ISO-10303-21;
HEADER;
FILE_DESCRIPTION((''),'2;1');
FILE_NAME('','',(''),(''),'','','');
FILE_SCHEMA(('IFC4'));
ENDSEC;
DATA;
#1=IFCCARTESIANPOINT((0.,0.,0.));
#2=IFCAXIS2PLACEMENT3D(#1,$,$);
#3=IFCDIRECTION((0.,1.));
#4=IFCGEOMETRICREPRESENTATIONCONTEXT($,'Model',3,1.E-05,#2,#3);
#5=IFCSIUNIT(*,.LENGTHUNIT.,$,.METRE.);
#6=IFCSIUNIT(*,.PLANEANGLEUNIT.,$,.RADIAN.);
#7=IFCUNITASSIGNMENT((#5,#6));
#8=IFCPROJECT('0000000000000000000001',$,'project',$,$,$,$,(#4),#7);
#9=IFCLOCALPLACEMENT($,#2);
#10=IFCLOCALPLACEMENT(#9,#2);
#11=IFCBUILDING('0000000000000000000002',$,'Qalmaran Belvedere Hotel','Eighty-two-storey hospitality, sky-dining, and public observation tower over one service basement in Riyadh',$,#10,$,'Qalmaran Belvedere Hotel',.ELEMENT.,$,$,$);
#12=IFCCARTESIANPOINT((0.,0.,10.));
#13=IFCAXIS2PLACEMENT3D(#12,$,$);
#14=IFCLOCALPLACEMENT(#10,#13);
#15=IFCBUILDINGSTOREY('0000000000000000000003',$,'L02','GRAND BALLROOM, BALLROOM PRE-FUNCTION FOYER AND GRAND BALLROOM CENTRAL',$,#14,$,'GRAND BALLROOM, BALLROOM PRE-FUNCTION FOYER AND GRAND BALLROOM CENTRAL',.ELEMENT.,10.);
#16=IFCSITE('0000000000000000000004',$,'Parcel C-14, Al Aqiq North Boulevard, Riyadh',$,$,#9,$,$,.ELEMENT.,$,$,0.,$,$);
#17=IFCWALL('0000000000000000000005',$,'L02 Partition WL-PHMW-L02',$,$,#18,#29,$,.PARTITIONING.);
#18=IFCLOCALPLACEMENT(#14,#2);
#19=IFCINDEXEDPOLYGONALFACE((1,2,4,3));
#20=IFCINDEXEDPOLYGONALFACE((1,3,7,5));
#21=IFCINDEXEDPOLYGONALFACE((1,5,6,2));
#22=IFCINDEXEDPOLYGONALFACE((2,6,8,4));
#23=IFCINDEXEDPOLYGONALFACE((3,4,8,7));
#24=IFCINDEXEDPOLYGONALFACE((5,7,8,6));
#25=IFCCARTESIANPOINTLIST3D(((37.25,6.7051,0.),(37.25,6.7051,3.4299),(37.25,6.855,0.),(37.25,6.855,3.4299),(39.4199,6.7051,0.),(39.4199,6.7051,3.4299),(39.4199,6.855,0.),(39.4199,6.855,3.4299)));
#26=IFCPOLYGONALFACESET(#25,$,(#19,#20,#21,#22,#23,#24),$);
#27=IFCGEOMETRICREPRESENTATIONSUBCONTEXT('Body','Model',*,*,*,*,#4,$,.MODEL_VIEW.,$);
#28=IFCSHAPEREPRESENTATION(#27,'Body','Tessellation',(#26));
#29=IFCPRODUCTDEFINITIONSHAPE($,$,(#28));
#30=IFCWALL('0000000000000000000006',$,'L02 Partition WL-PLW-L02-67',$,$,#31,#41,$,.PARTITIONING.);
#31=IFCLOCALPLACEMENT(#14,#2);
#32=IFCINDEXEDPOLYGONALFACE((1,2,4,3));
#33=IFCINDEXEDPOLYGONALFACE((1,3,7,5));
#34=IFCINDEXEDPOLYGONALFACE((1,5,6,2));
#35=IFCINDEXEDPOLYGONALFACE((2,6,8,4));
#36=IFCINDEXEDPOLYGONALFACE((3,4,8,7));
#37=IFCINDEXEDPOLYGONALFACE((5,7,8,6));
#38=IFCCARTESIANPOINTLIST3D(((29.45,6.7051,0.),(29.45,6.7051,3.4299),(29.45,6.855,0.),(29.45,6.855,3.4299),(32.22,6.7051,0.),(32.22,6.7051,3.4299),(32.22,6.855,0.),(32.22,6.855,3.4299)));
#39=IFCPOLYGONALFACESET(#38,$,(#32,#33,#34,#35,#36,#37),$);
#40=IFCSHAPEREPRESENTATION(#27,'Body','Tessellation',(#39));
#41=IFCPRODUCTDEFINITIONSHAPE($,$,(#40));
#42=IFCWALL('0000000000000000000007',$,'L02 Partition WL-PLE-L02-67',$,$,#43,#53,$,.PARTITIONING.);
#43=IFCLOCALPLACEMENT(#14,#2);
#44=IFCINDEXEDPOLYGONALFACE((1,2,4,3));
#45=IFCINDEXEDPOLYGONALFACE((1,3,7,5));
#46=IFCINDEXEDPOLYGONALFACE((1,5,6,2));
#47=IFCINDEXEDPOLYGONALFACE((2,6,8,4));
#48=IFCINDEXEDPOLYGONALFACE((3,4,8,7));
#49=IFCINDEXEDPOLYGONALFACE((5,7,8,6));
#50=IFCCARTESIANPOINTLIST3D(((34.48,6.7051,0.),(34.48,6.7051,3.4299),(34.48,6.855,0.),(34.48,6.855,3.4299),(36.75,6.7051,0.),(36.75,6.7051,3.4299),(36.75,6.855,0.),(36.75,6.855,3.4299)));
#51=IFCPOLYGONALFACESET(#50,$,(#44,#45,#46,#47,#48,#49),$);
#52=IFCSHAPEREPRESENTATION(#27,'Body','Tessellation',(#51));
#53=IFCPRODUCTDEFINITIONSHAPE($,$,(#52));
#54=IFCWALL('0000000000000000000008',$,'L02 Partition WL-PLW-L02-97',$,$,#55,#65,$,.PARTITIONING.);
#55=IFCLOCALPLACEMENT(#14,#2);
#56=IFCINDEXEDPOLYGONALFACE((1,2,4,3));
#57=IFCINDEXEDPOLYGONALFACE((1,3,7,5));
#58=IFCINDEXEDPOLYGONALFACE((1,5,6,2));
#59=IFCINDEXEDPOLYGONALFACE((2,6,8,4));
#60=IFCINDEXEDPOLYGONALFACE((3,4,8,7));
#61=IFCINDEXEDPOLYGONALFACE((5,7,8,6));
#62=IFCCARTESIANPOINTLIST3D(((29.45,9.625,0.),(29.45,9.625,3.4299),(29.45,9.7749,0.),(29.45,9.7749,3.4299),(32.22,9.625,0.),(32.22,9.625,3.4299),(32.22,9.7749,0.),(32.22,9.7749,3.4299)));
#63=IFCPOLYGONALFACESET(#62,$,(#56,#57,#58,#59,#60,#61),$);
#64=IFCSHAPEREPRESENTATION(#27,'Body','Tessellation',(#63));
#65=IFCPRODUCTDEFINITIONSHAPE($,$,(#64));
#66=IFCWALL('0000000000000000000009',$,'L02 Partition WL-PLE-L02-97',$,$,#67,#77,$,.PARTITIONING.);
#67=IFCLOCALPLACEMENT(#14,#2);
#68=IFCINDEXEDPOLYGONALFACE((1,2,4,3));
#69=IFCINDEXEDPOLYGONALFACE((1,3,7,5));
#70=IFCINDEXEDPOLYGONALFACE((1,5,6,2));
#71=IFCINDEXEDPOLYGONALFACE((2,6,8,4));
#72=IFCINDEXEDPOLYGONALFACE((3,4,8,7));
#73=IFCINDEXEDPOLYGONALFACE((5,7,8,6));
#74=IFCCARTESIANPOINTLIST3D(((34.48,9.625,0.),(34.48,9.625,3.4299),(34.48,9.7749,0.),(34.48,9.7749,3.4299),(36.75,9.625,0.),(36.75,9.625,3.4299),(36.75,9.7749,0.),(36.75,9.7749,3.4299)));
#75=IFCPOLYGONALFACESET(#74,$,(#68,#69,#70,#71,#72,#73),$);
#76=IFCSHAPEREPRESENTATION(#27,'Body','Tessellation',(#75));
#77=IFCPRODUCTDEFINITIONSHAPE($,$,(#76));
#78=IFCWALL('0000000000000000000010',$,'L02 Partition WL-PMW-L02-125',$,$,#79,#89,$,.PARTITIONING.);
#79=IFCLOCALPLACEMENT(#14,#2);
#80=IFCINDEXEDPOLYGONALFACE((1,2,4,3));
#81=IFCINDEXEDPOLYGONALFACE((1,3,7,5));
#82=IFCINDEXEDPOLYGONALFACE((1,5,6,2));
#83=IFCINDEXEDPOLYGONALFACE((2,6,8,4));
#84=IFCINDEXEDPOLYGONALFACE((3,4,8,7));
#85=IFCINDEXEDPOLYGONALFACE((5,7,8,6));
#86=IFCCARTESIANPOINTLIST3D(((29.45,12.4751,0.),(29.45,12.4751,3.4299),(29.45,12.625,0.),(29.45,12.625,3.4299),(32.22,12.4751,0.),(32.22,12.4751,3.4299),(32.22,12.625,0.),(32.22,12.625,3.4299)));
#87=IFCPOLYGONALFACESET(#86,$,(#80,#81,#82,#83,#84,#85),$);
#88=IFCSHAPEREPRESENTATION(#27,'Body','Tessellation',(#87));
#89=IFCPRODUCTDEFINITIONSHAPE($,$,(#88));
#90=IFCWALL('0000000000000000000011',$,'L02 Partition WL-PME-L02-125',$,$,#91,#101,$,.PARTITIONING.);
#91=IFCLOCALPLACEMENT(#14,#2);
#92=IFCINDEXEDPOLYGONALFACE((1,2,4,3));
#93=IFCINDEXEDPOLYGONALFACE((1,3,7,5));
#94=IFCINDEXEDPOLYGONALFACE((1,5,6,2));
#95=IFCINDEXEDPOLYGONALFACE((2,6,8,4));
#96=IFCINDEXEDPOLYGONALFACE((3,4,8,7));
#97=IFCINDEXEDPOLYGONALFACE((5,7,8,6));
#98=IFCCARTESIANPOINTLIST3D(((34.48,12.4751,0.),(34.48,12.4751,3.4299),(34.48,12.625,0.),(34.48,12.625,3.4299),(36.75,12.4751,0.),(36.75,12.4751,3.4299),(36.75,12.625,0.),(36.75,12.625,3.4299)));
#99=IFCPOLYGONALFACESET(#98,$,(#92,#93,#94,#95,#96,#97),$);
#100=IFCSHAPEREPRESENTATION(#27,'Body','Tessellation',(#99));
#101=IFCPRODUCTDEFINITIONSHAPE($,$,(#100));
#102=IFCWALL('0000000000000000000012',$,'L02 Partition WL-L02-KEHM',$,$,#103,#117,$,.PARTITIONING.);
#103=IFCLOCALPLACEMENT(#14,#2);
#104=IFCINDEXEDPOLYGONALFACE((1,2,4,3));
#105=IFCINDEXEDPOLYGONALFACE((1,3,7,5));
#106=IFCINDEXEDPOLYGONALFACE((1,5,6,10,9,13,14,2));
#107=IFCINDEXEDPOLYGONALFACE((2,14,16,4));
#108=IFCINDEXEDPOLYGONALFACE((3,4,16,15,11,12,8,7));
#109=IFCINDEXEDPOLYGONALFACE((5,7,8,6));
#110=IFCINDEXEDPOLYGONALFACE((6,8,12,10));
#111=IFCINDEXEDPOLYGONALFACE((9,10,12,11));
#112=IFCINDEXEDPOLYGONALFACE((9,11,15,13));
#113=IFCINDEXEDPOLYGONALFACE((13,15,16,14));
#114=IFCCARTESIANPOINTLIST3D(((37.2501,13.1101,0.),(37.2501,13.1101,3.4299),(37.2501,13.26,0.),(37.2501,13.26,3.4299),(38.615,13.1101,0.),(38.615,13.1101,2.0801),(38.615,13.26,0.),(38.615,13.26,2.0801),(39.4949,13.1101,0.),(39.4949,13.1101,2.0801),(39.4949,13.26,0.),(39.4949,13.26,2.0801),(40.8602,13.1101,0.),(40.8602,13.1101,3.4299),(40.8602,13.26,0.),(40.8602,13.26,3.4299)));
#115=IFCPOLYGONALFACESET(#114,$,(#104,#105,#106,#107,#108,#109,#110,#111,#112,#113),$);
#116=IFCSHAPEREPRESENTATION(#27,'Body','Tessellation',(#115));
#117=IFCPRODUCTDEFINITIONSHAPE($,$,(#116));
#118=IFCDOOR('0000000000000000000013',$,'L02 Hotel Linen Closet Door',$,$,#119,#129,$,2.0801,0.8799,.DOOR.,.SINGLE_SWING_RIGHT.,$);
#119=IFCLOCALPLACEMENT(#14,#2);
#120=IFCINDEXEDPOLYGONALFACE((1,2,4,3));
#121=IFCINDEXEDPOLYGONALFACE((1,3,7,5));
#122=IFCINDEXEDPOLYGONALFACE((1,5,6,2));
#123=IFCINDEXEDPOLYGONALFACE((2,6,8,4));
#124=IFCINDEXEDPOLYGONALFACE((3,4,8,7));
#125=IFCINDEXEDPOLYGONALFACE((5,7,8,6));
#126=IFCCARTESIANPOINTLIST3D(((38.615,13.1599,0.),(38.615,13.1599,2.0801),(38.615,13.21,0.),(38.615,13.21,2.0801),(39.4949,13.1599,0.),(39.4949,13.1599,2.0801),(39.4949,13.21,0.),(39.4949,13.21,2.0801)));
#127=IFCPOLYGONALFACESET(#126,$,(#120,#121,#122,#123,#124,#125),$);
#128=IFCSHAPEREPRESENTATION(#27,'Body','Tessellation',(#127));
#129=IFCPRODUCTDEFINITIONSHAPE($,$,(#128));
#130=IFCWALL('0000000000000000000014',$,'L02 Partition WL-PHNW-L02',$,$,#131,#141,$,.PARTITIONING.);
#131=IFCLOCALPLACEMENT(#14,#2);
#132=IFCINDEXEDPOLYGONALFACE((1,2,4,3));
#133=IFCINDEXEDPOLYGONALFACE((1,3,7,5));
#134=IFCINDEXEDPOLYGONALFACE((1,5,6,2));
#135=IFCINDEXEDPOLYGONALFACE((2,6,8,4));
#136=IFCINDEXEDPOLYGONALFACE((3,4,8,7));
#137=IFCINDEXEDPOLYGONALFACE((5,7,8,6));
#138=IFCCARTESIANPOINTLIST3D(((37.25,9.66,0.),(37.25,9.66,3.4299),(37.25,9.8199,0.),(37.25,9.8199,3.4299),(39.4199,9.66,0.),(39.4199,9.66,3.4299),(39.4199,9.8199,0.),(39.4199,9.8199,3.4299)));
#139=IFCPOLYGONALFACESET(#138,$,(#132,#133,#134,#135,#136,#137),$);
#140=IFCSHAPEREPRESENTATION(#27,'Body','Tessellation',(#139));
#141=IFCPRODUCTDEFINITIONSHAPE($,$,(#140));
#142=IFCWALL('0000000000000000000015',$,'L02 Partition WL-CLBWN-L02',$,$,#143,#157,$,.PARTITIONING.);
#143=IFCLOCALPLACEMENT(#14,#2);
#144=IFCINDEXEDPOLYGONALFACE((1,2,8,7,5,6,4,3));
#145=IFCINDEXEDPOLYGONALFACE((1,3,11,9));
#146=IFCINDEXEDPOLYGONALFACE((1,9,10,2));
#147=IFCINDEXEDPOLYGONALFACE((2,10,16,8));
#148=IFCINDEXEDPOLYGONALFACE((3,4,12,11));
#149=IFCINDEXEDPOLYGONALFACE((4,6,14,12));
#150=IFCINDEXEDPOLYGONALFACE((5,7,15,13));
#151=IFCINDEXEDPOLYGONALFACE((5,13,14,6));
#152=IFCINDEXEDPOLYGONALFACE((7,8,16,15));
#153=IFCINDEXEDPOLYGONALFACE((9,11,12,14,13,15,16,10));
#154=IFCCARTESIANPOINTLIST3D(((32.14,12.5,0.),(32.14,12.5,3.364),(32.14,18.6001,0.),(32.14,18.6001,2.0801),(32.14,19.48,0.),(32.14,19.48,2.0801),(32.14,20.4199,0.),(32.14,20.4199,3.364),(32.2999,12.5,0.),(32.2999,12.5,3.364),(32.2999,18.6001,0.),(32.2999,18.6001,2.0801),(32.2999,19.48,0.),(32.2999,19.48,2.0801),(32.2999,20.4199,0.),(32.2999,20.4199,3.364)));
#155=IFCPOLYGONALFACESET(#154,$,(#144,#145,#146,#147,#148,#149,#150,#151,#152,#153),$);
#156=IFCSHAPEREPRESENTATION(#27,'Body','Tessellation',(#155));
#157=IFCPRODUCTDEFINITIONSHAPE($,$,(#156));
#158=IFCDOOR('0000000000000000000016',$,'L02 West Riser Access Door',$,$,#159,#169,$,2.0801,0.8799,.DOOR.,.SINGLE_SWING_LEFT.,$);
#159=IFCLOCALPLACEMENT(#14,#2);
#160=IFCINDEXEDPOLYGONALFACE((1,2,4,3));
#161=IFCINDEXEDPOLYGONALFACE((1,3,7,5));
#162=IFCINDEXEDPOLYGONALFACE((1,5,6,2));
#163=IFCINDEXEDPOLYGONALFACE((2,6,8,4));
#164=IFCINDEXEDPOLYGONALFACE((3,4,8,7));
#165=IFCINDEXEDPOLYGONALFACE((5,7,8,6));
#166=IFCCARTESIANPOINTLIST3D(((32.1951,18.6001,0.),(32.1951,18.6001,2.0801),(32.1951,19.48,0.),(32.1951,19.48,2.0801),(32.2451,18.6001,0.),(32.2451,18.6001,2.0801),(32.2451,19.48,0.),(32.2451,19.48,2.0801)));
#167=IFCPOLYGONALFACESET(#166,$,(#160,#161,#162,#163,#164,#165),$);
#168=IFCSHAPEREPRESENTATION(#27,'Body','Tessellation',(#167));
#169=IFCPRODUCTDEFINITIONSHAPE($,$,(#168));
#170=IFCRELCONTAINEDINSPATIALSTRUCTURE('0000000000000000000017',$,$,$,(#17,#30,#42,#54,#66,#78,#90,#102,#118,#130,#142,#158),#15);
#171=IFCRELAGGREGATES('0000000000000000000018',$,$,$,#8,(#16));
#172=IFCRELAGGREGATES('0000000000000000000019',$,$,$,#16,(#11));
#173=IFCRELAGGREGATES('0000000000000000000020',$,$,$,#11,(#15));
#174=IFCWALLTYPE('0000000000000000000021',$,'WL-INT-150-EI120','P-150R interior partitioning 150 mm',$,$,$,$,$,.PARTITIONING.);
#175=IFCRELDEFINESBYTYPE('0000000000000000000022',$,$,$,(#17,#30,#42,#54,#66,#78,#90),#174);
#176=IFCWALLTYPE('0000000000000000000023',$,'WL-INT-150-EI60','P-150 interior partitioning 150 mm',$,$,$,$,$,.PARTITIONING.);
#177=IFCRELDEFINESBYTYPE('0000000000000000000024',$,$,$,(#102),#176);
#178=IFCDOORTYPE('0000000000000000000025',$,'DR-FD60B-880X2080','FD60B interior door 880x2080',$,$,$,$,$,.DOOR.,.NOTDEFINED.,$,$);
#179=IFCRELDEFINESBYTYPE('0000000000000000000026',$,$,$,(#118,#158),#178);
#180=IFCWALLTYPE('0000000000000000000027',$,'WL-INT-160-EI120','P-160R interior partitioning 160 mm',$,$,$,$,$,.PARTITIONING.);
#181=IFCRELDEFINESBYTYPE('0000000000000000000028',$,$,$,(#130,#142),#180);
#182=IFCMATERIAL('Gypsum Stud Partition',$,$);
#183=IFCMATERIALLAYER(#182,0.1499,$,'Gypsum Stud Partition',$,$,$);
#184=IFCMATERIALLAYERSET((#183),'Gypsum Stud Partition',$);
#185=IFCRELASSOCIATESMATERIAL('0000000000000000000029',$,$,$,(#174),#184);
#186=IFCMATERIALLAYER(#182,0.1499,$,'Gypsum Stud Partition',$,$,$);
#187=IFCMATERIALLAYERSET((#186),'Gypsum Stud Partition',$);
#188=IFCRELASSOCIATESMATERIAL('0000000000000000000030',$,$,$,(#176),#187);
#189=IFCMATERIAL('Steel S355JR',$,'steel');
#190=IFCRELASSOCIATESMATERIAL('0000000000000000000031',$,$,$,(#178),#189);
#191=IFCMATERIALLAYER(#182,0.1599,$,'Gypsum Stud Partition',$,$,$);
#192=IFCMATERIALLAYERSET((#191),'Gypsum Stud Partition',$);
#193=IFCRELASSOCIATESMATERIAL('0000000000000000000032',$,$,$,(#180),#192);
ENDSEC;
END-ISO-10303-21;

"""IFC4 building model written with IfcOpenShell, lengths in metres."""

from ifc_helpers import new_model, si_unit, direction, frame, frame_2d, origin, place, context, subcontext, project, spatial, rectangle, extrude, material, layer, layer_set, type_object, element, fill, save


model = new_model("IFC4")

# Units and contexts
model_context = context("Model", 3, precision=1e-05, world=origin(), true_north=direction((0.0, 1.0)))
body_context = subcontext(model_context, "Body", "Model", "MODEL_VIEW")
ifc_project = project(units=[si_unit("LENGTHUNIT", "METRE"), si_unit("PLANEANGLEUNIT", "RADIAN")], contexts=[model_context])

# Site, building, storey
site_placement = place(None, origin())
site = spatial("IfcSite", under=ifc_project, at=site_placement, Name="Parcel C-14, Al Aqiq North Boulevard, Riyadh", CompositionType="ELEMENT", RefElevation=0.0)
building_placement = place(site_placement, origin())
building = spatial("IfcBuilding", under=site, at=building_placement, Name="Qalmaran Belvedere Hotel", Description="Eighty-two-storey hospitality, sky-dining, and public observation tower over one service basement in Riyadh", LongName="Qalmaran Belvedere Hotel", CompositionType="ELEMENT")
storey_placement = place(building_placement, frame((0.0, 0.0, 10.0)))
storey = spatial("IfcBuildingStorey", under=building, at=storey_placement, Name="L02", Description="GRAND BALLROOM, BALLROOM PRE-FUNCTION FOYER AND GRAND BALLROOM CENTRAL", LongName="GRAND BALLROOM, BALLROOM PRE-FUNCTION FOYER AND GRAND BALLROOM CENTRAL", CompositionType="ELEMENT", Elevation=10.0)

# Walls
ifc_material_1 = material(Name="Gypsum Stud Partition")
ifc_layer_1 = layer(ifc_material_1, 0.1499, Name="Gypsum Stud Partition")
ifc_layer_set_1 = layer_set([ifc_layer_1], Name="Gypsum Stud Partition")
wall_type_1 = type_object("IfcWallType", Name="WL-INT-150-EI120", Description="P-150R interior partitioning 150 mm", PredefinedType="PARTITIONING", material=ifc_layer_set_1)
wall_1_placement = place(storey_placement, frame((37.25, 6.78, 0.0), z_axis=(0.0, 0.0, 1.0), x_axis=(1.0, 0.0, 0.0)))
element("IfcWall", 1, at=wall_1_placement, inside=storey, type_object=wall_type_1, Name="L02 Partition WL-PHMW-L02", PredefinedType="PARTITIONING", context=body_context, shape_type="SweptSolid", body=[
    extrude(rectangle(XDim=2.1699, YDim=0.1499, at=frame_2d((1.085, 0.0))), origin(), (0.0, 0.0, 1.0), 3.4299),
])
wall_2_placement = place(storey_placement, frame((29.45, 6.78, 0.0), z_axis=(0.0, 0.0, 1.0), x_axis=(1.0, 0.0, 0.0)))
element("IfcWall", 2, at=wall_2_placement, inside=storey, type_object=wall_type_1, Name="L02 Partition WL-PLW-L02-67", PredefinedType="PARTITIONING", context=body_context, shape_type="SweptSolid", body=[
    extrude(rectangle(XDim=2.77, YDim=0.1499, at=frame_2d((1.385, 0.0))), origin(), (0.0, 0.0, 1.0), 3.4299),
])
wall_3_placement = place(storey_placement, frame((34.48, 6.78, 0.0), z_axis=(0.0, 0.0, 1.0), x_axis=(1.0, 0.0, 0.0)))
element("IfcWall", 3, at=wall_3_placement, inside=storey, type_object=wall_type_1, Name="L02 Partition WL-PLE-L02-67", PredefinedType="PARTITIONING", context=body_context, shape_type="SweptSolid", body=[
    extrude(rectangle(XDim=2.27, YDim=0.1499, at=frame_2d((1.135, 0.0))), origin(), (0.0, 0.0, 1.0), 3.4299),
])
wall_4_placement = place(storey_placement, frame((29.45, 9.7, 0.0), z_axis=(0.0, 0.0, 1.0), x_axis=(1.0, 0.0, 0.0)))
element("IfcWall", 4, at=wall_4_placement, inside=storey, type_object=wall_type_1, Name="L02 Partition WL-PLW-L02-97", PredefinedType="PARTITIONING", context=body_context, shape_type="SweptSolid", body=[
    extrude(rectangle(XDim=2.77, YDim=0.1499, at=frame_2d((1.385, 0.0))), origin(), (0.0, 0.0, 1.0), 3.4299),
])
wall_5_placement = place(storey_placement, frame((34.48, 9.7, 0.0), z_axis=(0.0, 0.0, 1.0), x_axis=(1.0, 0.0, 0.0)))
element("IfcWall", 5, at=wall_5_placement, inside=storey, type_object=wall_type_1, Name="L02 Partition WL-PLE-L02-97", PredefinedType="PARTITIONING", context=body_context, shape_type="SweptSolid", body=[
    extrude(rectangle(XDim=2.27, YDim=0.1499, at=frame_2d((1.135, 0.0))), origin(), (0.0, 0.0, 1.0), 3.4299),
])
wall_6_placement = place(storey_placement, frame((29.45, 12.55, 0.0), z_axis=(0.0, 0.0, 1.0), x_axis=(1.0, 0.0, 0.0)))
element("IfcWall", 6, at=wall_6_placement, inside=storey, type_object=wall_type_1, Name="L02 Partition WL-PMW-L02-125", PredefinedType="PARTITIONING", context=body_context, shape_type="SweptSolid", body=[
    extrude(rectangle(XDim=2.77, YDim=0.1499, at=frame_2d((1.385, 0.0))), origin(), (0.0, 0.0, 1.0), 3.4299),
])
wall_7_placement = place(storey_placement, frame((34.48, 12.55, 0.0), z_axis=(0.0, 0.0, 1.0), x_axis=(1.0, 0.0, 0.0)))
element("IfcWall", 7, at=wall_7_placement, inside=storey, type_object=wall_type_1, Name="L02 Partition WL-PME-L02-125", PredefinedType="PARTITIONING", context=body_context, shape_type="SweptSolid", body=[
    extrude(rectangle(XDim=2.27, YDim=0.1499, at=frame_2d((1.135, 0.0))), origin(), (0.0, 0.0, 1.0), 3.4299),
])

# Wall, opening, door
ifc_layer_2 = layer(ifc_material_1, 0.1499, Name="Gypsum Stud Partition")
ifc_layer_set_2 = layer_set([ifc_layer_2], Name="Gypsum Stud Partition")
wall_type_2 = type_object("IfcWallType", Name="WL-INT-150-EI60", Description="P-150 interior partitioning 150 mm", PredefinedType="PARTITIONING", material=ifc_layer_set_2)
wall_8_placement = place(storey_placement, frame((37.25, 13.1851, 0.0), z_axis=(0.0, 0.0, 1.0), x_axis=(1.0, 0.0, 0.0)))
wall_8 = element("IfcWall", 8, at=wall_8_placement, inside=storey, type_object=wall_type_2, Name="L02 Partition WL-L02-KEHM", PredefinedType="PARTITIONING", context=body_context, shape_type="SweptSolid", body=[
    extrude(rectangle(XDim=3.6101, YDim=0.1499, at=frame_2d((1.8052, 0.0))), origin(), (0.0, 0.0, 1.0), 3.4299),
])
opening_1_placement = place(wall_8_placement, frame((1.365, 0.0, 0.0)))
opening_1 = element("IfcOpeningElement", 9, at=opening_1_placement, cuts=wall_8, PredefinedType="OPENING", context=body_context, shape_type="SweptSolid", body=[
    extrude(rectangle(XDim=0.8799, YDim=2.0801, at=frame_2d((0.4399, 1.04))), frame((0.0, 0.085, 0.0), z_axis=(0.0, -1.0, 0.0), x_axis=(1.0, 0.0, 0.0)), (0.0, 0.0, 1.0), 0.1699),
])
ifc_material_2 = material(Name="Steel S355JR", Category="steel")
door_type_1 = type_object("IfcDoorType", Name="DR-FD60B-880X2080", Description="FD60B interior door 880x2080", OperationType="NOTDEFINED", PredefinedType="DOOR", material=ifc_material_2)
door_1_placement = place(opening_1_placement, origin())
door_1 = element("IfcDoor", 10, at=door_1_placement, inside=storey, type_object=door_type_1, Name="L02 Hotel Linen Closet Door", OperationType="SINGLE_SWING_RIGHT", OverallHeight=2.0801, OverallWidth=0.8799, PredefinedType="DOOR", context=body_context, shape_type="SweptSolid", body=[
    extrude(rectangle(XDim=0.8799, YDim=2.0801, at=frame_2d((0.4399, 1.04))), frame((0.0, 0.0249, 0.0), z_axis=(0.0, -1.0, 0.0), x_axis=(1.0, 0.0, 0.0)), (0.0, 0.0, 1.0), 0.05),
])
fill(opening_1, door_1)

# Wall
ifc_layer_3 = layer(ifc_material_1, 0.1599, Name="Gypsum Stud Partition")
ifc_layer_set_3 = layer_set([ifc_layer_3], Name="Gypsum Stud Partition")
wall_type_3 = type_object("IfcWallType", Name="WL-INT-160-EI120", Description="P-160R interior partitioning 160 mm", PredefinedType="PARTITIONING", material=ifc_layer_set_3)
wall_9_placement = place(storey_placement, frame((37.25, 9.74, 0.0), z_axis=(0.0, 0.0, 1.0), x_axis=(1.0, 0.0, 0.0)))
element("IfcWall", 11, at=wall_9_placement, inside=storey, type_object=wall_type_3, Name="L02 Partition WL-PHNW-L02", PredefinedType="PARTITIONING", context=body_context, shape_type="SweptSolid", body=[
    extrude(rectangle(XDim=2.1699, YDim=0.1599, at=frame_2d((1.085, 0.0))), origin(), (0.0, 0.0, 1.0), 3.4299),
])

# Wall, opening, door
wall_10_placement = place(storey_placement, frame((32.22, 12.5, 0.0), z_axis=(0.0, 0.0, 1.0), x_axis=(0.0, 1.0, 0.0)))
wall_10 = element("IfcWall", 12, at=wall_10_placement, inside=storey, type_object=wall_type_3, Name="L02 Partition WL-CLBWN-L02", PredefinedType="PARTITIONING", context=body_context, shape_type="SweptSolid", body=[
    extrude(rectangle(XDim=7.9199, YDim=0.1599, at=frame_2d((3.96, 0.0))), origin(), (0.0, 0.0, 1.0), 3.364),
])
opening_2_placement = place(wall_10_placement, frame((6.1001, 0.0, 0.0)))
opening_2 = element("IfcOpeningElement", 13, at=opening_2_placement, cuts=wall_10, PredefinedType="OPENING", context=body_context, shape_type="SweptSolid", body=[
    extrude(rectangle(XDim=0.8799, YDim=2.0801, at=frame_2d((0.4399, 1.04))), frame((0.0, 0.0898, 0.0), z_axis=(0.0, -1.0, 0.0), x_axis=(1.0, 0.0, 0.0)), (0.0, 0.0, 1.0), 0.1799),
])
door_2_placement = place(opening_2_placement, origin())
door_2 = element("IfcDoor", 14, at=door_2_placement, inside=storey, type_object=door_type_1, Name="L02 West Riser Access Door", OperationType="SINGLE_SWING_LEFT", OverallHeight=2.0801, OverallWidth=0.8799, PredefinedType="DOOR", context=body_context, shape_type="SweptSolid", body=[
    extrude(rectangle(XDim=0.8799, YDim=2.0801, at=frame_2d((0.4399, 1.04))), frame((0.0, 0.0249, 0.0), z_axis=(0.0, -1.0, 0.0), x_axis=(1.0, 0.0, 0.0)), (0.0, 0.0, 1.0), 0.05),
])
fill(opening_2, door_2)

save(model, "model.ifc")
